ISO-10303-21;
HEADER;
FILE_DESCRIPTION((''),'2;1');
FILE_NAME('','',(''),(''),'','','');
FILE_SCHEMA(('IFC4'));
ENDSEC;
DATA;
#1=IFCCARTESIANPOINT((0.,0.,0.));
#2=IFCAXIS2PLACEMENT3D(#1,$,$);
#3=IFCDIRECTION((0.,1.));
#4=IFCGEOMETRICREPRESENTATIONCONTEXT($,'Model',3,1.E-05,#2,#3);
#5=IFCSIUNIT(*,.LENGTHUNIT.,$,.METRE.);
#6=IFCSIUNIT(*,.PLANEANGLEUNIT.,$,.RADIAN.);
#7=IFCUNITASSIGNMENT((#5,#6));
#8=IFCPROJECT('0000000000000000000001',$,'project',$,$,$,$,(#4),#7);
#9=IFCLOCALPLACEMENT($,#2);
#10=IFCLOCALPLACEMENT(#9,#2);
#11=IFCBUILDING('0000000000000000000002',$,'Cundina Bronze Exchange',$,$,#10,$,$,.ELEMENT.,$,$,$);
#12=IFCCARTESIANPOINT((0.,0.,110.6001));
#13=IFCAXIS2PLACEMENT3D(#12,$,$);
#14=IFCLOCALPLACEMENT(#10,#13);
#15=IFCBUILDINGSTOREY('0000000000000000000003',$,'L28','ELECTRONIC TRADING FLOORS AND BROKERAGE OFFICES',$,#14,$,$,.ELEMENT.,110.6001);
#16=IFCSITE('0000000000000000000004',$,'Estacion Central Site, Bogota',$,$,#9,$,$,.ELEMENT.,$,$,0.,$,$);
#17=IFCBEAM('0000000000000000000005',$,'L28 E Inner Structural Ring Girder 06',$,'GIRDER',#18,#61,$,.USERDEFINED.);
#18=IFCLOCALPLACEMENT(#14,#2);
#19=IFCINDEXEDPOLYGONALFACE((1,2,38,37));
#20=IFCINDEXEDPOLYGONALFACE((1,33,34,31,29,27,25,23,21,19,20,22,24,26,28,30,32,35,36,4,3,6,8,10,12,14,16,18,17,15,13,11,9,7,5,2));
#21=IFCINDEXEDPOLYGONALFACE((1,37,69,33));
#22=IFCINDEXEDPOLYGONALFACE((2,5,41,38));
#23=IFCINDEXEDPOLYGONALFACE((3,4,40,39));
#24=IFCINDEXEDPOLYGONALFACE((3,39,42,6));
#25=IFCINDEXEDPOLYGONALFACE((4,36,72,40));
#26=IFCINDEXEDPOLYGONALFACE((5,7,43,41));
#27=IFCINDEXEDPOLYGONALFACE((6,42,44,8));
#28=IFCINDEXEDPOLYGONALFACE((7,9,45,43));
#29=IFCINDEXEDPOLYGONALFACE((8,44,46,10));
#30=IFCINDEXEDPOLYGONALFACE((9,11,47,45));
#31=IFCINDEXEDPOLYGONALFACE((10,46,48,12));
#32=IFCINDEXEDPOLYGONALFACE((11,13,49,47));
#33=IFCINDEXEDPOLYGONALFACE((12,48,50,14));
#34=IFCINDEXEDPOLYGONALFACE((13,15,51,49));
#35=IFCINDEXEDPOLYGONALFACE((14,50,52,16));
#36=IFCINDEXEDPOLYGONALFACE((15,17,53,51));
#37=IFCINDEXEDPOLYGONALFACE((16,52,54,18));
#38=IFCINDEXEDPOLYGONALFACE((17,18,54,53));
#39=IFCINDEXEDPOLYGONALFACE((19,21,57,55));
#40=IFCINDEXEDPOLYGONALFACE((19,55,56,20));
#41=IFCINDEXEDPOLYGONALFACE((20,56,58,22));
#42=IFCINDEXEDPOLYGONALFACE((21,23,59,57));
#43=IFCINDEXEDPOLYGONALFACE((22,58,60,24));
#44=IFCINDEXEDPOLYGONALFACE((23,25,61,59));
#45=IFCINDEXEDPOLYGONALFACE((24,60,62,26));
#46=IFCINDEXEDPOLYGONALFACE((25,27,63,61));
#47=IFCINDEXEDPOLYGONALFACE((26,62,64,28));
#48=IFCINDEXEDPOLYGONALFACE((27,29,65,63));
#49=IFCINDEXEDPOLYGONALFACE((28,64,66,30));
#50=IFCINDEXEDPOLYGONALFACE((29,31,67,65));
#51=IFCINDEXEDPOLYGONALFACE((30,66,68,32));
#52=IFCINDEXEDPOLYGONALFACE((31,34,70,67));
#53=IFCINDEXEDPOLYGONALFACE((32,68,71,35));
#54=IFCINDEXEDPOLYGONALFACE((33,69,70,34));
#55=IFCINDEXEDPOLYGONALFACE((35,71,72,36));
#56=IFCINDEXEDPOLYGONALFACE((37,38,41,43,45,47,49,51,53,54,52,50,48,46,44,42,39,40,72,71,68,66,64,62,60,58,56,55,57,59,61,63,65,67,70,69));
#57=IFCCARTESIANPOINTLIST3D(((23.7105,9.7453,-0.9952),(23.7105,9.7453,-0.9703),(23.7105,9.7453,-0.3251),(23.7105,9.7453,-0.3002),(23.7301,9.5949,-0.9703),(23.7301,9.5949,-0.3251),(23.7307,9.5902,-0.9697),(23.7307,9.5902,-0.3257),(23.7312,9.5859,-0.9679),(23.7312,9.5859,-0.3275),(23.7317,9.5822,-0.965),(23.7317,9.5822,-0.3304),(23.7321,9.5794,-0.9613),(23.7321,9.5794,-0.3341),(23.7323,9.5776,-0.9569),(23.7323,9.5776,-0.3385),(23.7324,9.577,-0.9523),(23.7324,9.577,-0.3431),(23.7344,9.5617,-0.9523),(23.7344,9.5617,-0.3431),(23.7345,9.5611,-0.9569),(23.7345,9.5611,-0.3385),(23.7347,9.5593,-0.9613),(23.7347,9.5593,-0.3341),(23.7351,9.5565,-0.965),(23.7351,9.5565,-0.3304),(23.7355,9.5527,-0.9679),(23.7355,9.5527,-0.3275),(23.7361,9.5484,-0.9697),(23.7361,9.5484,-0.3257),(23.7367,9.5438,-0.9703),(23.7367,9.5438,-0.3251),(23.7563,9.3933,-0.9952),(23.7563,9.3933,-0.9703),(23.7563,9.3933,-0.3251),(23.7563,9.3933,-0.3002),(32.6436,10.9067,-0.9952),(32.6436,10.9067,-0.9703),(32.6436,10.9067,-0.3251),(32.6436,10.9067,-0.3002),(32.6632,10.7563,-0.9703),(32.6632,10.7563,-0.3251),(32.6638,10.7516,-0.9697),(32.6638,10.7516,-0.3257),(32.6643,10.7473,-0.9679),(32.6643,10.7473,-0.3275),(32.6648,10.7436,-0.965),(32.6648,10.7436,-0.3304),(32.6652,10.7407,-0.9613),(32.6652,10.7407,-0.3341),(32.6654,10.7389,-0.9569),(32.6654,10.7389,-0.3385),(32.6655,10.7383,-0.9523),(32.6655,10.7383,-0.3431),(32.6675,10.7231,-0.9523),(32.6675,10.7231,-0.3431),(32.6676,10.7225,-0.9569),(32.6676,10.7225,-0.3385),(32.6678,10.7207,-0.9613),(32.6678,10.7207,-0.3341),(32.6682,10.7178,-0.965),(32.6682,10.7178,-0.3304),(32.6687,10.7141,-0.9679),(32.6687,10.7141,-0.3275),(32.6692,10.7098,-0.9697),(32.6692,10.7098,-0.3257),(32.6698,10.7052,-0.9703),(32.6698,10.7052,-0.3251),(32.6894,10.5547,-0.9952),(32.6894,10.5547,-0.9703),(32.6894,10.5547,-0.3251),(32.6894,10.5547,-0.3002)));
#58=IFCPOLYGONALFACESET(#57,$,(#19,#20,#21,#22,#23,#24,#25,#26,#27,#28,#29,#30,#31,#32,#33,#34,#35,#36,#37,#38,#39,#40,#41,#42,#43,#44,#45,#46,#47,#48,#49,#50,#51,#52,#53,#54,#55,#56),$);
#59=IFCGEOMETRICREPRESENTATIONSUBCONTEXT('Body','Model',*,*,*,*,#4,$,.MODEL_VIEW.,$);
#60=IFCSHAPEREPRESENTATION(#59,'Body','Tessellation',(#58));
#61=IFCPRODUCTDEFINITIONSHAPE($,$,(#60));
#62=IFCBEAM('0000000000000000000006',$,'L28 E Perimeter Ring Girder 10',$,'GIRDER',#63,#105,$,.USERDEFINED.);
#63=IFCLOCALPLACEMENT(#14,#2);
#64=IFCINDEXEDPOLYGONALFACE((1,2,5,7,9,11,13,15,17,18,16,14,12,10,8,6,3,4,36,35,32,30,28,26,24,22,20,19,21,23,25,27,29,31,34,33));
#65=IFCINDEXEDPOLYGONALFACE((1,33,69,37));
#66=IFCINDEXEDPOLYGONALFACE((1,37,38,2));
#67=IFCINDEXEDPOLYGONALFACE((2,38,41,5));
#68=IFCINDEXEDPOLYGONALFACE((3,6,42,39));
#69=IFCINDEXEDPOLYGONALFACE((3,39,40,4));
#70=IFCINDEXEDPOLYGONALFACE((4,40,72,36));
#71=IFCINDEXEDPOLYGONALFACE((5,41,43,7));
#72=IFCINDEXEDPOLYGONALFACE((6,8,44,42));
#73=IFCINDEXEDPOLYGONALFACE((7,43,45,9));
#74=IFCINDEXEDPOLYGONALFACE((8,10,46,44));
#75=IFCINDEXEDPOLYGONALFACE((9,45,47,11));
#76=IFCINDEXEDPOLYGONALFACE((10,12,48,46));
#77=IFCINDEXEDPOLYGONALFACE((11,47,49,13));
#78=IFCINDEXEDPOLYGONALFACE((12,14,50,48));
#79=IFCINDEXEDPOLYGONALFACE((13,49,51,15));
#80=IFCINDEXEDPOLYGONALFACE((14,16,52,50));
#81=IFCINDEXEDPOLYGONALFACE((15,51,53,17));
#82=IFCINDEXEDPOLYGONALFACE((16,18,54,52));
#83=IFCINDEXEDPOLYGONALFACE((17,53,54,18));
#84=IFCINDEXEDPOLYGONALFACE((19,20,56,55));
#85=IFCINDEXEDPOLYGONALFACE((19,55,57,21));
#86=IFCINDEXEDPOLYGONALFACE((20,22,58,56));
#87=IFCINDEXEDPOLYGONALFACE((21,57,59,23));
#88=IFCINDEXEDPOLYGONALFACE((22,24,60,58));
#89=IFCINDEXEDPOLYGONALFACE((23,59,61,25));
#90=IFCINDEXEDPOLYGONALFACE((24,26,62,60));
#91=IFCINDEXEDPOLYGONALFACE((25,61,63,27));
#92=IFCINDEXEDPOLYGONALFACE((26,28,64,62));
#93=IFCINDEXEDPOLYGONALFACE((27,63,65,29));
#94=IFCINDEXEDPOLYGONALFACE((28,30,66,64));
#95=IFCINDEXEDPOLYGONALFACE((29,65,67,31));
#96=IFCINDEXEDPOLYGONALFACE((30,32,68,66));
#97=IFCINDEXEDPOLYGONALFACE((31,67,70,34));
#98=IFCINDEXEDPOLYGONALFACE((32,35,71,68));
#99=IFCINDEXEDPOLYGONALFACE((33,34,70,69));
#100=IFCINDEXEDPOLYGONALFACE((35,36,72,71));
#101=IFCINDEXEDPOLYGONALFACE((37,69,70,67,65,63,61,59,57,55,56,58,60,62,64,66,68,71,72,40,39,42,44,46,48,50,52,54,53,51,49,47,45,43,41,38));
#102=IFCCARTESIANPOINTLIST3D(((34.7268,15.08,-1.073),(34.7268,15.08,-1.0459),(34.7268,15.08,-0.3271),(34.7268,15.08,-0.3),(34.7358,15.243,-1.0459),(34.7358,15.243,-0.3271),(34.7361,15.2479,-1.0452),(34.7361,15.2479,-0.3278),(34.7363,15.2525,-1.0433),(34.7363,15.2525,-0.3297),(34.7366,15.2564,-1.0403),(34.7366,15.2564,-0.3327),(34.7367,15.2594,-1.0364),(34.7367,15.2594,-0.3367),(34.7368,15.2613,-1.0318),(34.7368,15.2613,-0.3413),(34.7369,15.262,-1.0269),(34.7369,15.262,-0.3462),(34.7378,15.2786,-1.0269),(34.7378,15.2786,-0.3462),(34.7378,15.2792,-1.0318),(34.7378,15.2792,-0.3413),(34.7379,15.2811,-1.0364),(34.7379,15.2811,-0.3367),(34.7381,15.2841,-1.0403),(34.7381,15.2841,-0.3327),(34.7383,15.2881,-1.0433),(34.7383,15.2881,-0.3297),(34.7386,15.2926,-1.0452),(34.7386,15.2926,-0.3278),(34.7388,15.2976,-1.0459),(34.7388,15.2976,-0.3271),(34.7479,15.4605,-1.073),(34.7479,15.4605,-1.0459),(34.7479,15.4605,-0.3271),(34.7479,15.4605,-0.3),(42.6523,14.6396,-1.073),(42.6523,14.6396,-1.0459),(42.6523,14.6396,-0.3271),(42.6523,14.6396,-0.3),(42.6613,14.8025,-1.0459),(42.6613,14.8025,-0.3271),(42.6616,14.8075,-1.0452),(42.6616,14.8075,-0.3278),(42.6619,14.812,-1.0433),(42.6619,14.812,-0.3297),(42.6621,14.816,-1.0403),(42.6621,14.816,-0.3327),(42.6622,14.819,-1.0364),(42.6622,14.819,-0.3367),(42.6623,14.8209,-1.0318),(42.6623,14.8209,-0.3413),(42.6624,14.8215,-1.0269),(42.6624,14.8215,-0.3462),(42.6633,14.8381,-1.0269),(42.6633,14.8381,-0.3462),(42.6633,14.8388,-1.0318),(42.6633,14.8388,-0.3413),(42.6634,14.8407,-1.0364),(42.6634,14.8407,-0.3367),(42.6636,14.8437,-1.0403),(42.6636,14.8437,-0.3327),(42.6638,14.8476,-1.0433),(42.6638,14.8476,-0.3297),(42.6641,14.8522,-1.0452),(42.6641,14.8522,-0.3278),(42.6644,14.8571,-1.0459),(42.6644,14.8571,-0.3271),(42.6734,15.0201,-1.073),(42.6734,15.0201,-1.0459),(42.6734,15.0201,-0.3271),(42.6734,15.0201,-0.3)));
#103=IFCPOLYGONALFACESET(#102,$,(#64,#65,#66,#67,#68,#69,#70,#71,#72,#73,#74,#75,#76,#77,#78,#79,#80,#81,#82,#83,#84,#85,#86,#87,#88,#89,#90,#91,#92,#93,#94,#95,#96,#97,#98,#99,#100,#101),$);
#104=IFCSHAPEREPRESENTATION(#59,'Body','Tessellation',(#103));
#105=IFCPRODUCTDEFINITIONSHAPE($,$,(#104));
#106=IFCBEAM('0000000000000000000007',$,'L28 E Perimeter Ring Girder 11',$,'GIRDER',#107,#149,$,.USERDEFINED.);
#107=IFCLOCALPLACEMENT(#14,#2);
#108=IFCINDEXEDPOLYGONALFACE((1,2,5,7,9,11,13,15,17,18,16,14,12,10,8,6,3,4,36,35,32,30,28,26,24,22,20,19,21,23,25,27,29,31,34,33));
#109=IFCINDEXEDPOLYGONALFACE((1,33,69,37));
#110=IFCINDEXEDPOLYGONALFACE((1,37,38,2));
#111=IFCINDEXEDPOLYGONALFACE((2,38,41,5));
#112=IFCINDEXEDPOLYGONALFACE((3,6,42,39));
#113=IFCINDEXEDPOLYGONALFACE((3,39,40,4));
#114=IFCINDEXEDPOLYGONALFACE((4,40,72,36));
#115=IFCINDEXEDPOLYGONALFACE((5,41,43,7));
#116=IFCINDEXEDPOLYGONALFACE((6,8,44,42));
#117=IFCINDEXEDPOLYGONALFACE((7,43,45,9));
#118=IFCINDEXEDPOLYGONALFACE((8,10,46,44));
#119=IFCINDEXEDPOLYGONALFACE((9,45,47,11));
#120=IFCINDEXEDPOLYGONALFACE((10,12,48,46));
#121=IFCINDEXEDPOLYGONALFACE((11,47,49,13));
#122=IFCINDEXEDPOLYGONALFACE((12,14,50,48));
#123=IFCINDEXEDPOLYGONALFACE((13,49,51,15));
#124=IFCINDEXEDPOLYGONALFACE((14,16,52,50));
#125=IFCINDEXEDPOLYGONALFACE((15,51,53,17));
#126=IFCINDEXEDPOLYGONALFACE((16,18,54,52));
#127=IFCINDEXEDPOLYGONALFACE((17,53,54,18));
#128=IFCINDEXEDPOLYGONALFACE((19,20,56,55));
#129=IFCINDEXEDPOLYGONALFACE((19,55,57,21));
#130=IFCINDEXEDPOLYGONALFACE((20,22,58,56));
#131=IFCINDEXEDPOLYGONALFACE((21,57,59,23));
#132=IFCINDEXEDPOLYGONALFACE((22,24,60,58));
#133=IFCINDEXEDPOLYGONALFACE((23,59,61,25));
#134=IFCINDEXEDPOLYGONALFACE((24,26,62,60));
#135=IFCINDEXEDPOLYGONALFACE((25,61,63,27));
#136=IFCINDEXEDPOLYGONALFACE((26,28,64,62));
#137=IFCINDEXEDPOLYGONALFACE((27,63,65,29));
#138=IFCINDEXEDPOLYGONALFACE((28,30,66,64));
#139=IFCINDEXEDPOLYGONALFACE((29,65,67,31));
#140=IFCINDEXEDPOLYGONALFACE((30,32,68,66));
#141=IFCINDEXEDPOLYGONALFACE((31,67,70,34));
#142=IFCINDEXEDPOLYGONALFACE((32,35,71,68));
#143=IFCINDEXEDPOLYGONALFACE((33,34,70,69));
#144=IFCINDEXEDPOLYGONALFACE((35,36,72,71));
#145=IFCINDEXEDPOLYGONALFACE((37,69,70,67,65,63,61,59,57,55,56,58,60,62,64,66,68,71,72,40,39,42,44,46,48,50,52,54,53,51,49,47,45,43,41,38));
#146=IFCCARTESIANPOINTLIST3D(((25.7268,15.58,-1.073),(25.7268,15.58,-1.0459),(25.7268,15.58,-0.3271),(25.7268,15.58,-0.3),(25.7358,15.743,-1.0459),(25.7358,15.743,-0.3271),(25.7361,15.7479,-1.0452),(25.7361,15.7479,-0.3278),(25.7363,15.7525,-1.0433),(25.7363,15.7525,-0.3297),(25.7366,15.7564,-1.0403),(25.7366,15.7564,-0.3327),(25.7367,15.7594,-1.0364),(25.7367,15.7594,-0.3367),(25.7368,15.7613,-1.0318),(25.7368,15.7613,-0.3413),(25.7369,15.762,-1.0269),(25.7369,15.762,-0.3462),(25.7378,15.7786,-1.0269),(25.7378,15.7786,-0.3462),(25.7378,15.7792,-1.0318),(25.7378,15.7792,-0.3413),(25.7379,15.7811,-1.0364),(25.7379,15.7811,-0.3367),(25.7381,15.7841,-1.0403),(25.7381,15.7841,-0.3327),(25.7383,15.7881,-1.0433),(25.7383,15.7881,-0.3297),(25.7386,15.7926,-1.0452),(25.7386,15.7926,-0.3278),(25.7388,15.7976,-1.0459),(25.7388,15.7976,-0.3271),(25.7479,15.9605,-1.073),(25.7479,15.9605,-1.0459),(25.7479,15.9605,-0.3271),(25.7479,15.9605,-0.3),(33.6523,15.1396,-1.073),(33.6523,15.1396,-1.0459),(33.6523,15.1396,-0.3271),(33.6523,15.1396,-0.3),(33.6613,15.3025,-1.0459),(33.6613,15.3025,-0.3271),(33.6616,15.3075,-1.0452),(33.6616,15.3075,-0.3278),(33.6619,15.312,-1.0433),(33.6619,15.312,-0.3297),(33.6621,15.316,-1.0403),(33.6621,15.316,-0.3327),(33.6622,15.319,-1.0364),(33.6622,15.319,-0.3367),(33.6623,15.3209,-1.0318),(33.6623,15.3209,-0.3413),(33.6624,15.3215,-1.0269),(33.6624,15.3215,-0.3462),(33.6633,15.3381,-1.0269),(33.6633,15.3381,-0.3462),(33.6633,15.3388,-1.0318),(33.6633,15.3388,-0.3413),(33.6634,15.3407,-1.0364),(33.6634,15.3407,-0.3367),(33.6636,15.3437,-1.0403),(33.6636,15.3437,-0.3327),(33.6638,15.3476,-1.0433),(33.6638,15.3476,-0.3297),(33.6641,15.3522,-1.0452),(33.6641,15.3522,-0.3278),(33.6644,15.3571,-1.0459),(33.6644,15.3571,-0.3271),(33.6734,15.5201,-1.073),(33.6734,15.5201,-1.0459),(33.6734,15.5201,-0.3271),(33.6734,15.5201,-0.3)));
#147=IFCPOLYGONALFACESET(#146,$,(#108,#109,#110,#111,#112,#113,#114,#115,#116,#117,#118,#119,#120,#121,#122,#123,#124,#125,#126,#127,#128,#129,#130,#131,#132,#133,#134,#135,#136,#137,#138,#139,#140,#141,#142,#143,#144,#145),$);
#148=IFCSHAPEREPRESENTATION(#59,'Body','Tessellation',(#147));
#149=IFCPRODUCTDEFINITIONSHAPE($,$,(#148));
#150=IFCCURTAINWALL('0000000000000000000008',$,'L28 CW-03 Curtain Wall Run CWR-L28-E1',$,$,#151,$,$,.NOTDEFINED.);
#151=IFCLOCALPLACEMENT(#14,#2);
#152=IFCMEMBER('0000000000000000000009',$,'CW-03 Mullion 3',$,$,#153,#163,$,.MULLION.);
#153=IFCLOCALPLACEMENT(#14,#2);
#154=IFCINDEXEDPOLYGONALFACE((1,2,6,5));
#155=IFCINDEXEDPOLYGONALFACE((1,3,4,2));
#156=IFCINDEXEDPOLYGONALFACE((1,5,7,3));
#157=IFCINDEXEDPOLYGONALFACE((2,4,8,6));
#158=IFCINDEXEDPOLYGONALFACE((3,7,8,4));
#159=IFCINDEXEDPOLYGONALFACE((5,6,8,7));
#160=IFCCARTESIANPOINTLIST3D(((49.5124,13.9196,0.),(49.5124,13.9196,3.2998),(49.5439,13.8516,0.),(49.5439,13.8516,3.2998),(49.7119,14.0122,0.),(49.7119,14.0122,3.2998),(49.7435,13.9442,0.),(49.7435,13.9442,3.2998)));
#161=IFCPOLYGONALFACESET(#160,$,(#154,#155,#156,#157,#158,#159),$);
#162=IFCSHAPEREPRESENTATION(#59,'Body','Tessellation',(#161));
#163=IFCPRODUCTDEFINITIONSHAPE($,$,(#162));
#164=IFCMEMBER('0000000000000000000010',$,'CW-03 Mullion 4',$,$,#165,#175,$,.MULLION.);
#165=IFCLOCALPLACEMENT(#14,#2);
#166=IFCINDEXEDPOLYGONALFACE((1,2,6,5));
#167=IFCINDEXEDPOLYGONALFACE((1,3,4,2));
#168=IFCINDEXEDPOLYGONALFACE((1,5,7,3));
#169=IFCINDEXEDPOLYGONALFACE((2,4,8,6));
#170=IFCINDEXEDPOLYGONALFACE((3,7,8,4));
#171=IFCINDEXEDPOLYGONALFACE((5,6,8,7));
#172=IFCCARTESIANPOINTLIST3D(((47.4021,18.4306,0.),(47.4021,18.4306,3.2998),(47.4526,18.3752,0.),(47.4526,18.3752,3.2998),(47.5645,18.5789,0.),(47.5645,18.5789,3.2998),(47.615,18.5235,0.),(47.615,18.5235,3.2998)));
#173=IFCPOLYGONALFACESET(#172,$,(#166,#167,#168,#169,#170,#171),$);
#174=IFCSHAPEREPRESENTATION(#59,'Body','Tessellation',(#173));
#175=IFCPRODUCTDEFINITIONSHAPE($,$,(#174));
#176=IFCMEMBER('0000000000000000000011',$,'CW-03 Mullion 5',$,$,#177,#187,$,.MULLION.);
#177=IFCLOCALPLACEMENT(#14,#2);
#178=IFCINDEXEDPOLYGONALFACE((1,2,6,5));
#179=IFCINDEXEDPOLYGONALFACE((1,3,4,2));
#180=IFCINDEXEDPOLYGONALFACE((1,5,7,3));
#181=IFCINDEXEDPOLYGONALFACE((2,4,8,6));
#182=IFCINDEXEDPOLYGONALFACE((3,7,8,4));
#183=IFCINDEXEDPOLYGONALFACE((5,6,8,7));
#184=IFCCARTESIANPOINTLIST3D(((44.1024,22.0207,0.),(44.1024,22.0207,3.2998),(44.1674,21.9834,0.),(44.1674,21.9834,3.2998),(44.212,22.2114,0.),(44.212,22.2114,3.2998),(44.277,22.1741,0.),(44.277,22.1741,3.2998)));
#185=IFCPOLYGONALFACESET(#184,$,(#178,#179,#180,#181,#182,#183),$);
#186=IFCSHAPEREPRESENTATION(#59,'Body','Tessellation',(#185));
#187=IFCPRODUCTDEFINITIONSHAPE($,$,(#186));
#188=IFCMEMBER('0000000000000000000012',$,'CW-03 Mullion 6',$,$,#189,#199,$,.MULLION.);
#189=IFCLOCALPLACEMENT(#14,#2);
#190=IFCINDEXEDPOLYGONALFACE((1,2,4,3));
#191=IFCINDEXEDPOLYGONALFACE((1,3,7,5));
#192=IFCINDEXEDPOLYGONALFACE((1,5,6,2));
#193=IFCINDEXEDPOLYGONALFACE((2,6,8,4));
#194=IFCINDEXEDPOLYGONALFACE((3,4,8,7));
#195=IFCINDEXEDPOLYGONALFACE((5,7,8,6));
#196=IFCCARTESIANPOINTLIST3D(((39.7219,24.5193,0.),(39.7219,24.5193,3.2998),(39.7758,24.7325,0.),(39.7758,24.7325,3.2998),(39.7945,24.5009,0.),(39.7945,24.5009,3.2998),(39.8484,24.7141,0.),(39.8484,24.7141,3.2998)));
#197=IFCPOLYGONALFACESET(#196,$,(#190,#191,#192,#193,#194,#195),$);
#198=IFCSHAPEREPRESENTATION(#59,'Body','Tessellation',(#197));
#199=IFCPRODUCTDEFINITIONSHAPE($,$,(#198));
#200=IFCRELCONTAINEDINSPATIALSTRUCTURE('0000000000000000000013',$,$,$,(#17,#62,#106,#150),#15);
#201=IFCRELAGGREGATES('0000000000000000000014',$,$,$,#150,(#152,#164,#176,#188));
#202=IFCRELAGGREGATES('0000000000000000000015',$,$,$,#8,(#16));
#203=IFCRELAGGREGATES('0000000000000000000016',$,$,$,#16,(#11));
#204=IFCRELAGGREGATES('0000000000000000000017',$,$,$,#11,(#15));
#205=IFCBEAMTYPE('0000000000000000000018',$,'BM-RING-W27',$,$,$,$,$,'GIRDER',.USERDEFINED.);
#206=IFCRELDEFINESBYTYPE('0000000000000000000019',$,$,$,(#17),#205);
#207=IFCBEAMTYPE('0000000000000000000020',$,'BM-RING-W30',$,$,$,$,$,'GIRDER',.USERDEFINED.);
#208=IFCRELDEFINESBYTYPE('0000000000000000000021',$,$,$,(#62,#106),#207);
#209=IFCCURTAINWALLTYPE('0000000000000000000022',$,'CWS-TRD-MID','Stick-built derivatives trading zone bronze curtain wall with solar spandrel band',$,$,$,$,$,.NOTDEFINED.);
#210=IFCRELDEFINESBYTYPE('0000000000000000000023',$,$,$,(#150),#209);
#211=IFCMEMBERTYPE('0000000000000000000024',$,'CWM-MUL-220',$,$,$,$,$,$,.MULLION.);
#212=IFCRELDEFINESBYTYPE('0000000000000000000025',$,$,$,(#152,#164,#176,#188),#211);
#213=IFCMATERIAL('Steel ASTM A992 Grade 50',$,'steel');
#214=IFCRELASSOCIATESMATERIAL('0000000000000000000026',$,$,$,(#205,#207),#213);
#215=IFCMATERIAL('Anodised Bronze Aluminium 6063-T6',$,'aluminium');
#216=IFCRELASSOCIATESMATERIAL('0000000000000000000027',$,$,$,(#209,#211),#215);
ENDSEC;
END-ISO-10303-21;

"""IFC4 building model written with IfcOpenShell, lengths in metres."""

from ifc_helpers import new_model, si_unit, direction, frame, origin, origin_2d, place, context, subcontext, project, spatial, rectangle, i_section, extrude, material, material_profile, profile_set, type_object, element, aggregate, save


model = new_model("IFC4")

# Units and contexts
model_context = context("Model", 3, precision=1e-05, world=origin(), true_north=direction((0.0, 1.0)))
body_context = subcontext(model_context, "Body", "Model", "MODEL_VIEW")
ifc_project = project(units=[si_unit("LENGTHUNIT", "METRE"), si_unit("PLANEANGLEUNIT", "RADIAN")], contexts=[model_context])

# Site, building, storey
site_placement = place(None, origin())
site = spatial("IfcSite", under=ifc_project, at=site_placement, Name="Estacion Central Site, Bogota", CompositionType="ELEMENT", RefElevation=0.0)
building_placement = place(site_placement, origin())
building = spatial("IfcBuilding", under=site, at=building_placement, Name="Cundina Bronze Exchange", CompositionType="ELEMENT")
storey_placement = place(building_placement, frame((0.0, 0.0, 110.6001)))
storey = spatial("IfcBuildingStorey", under=building, at=storey_placement, Name="L28", Description="ELECTRONIC TRADING FLOORS AND BROKERAGE OFFICES", CompositionType="ELEMENT", Elevation=110.6001)

# Beams
ifc_material_1 = material(Name="Steel ASTM A992 Grade 50", Category="steel")
ifc_material_profile_1 = material_profile(ifc_material_1, i_section(OverallWidth=0.355, OverallDepth=0.6951, WebThickness=0.0154, FlangeThickness=0.0249, FilletRadius=0.0181, at=origin_2d()), Name="W27X146", Category="steel")
ifc_profile_set_1 = profile_set([ifc_material_profile_1], Name="Steel ASTM A992 Grade 50")
beam_type_1 = type_object("IfcBeamType", Name="BM-RING-W27", ElementType="GIRDER", PredefinedType="USERDEFINED", material=ifc_profile_set_1)
beam_1_placement = place(storey_placement, frame((32.6665, 10.7307, -0.6477), z_axis=(-0.991655, -0.128923, 0.0), x_axis=(0.128923, -0.991655, 0.0)))
element("IfcBeam", 1, at=beam_1_placement, inside=storey, type_object=beam_type_1, Name="L28 E Inner Structural Ring Girder 06", ObjectType="GIRDER", PredefinedType="USERDEFINED", context=body_context, shape_type="SweptSolid", body=[
    extrude(i_section(OverallWidth=0.355, OverallDepth=0.6951, WebThickness=0.0154, FlangeThickness=0.0249, FilletRadius=0.0181, at=origin_2d()), origin(), (0.0, 0.0, 1.0), 9.0083),
])
ifc_material_profile_2 = material_profile(ifc_material_1, i_section(OverallWidth=0.3811, OverallDepth=0.7729, WebThickness=0.0166, FlangeThickness=0.0271, FilletRadius=0.019, at=origin_2d()), Name="W30X173", Category="steel")
ifc_profile_set_2 = profile_set([ifc_material_profile_2], Name="Steel ASTM A992 Grade 50")
beam_type_2 = type_object("IfcBeamType", Name="BM-RING-W30", ElementType="GIRDER", PredefinedType="USERDEFINED", material=ifc_profile_set_2)
for number, where, z_axis, x_axis, name in (
    (2, (42.6628, 14.8298, -0.6865), (-0.99846, 0.055485, 0.0), (-0.055485, -0.99846, 0.0), "L28 E Perimeter Ring Girder 10"),
    (3, (33.6628, 15.3298, -0.6865), (-0.99846, 0.055485, 0.0), (-0.055485, -0.99846, 0.0), "L28 E Perimeter Ring Girder 11"),
):
    element("IfcBeam", number, at=place(storey_placement, frame(where, z_axis=z_axis, x_axis=x_axis)), inside=storey, type_object=beam_type_2, Name=name, ObjectType="GIRDER", PredefinedType="USERDEFINED", context=body_context, shape_type="SweptSolid", body=[
        extrude(i_section(OverallWidth=0.3811, OverallDepth=0.7729, WebThickness=0.0166, FlangeThickness=0.0271, FilletRadius=0.019, at=origin_2d()), origin(), (0.0, 0.0, 1.0), 7.9377),
    ])

# Curtain wall, members
ifc_material_2 = material(Name="Anodised Bronze Aluminium 6063-T6", Category="aluminium")
curtain_wall_type = type_object("IfcCurtainWallType", Name="CWS-TRD-MID", Description="Stick-built derivatives trading zone bronze curtain wall with solar spandrel band", PredefinedType="NOTDEFINED", material=ifc_material_2)
curtain_wall_placement = place(storey_placement, origin())
curtain_wall = element("IfcCurtainWall", 4, at=curtain_wall_placement, inside=storey, type_object=curtain_wall_type, Name="L28 CW-03 Curtain Wall Run CWR-L28-E1", PredefinedType="NOTDEFINED")
ifc_material_profile_3 = material_profile(ifc_material_2, rectangle(XDim=0.075, YDim=0.22, at=origin_2d()), Name="AL75X220", Category="aluminium")
ifc_profile_set_3 = profile_set([ifc_material_profile_3], Name="Anodised Bronze Aluminium 6063-T6")
member_type_1 = type_object("IfcMemberType", Name="CWM-MUL-220", PredefinedType="MULLION", material=ifc_profile_set_3)
member_1_placement = place(storey_placement, frame((49.6279, 13.9319, 0.0), z_axis=(0.0, 0.0, 1.0), x_axis=(-0.420877, 0.907117, 0.0)))
member_1 = element("IfcMember", 5, at=member_1_placement, type_object=member_type_1, Name="CW-03 Mullion 3", PredefinedType="MULLION", context=body_context, shape_type="SweptSolid", body=[
    extrude(rectangle(XDim=0.075, YDim=0.22, at=origin_2d()), origin(), (0.0, 0.0, 1.0), 3.2998),
])
member_2_placement = place(storey_placement, frame((47.5085, 18.4771, 0.0), z_axis=(0.0, 0.0, 1.0), x_axis=(-0.674302, 0.738455, 0.0)))
member_2 = element("IfcMember", 6, at=member_2_placement, type_object=member_type_1, Name="CW-03 Mullion 4", PredefinedType="MULLION", context=body_context, shape_type="SweptSolid", body=[
    extrude(rectangle(XDim=0.075, YDim=0.22, at=origin_2d()), origin(), (0.0, 0.0, 1.0), 3.2998),
])
member_3_placement = place(storey_placement, frame((44.1897, 22.0974, 0.0), z_axis=(0.0, 0.0, 1.0), x_axis=(-0.867071, 0.498185, 0.0)))
member_3 = element("IfcMember", 7, at=member_3_placement, type_object=member_type_1, Name="CW-03 Mullion 5", PredefinedType="MULLION", context=body_context, shape_type="SweptSolid", body=[
    extrude(rectangle(XDim=0.075, YDim=0.22, at=origin_2d()), origin(), (0.0, 0.0, 1.0), 3.2998),
])
member_4_placement = place(storey_placement, frame((39.7852, 24.6167, 0.0), z_axis=(0.0, 0.0, 1.0), x_axis=(-0.969488, 0.245138, 0.0)))
member_4 = element("IfcMember", 8, at=member_4_placement, type_object=member_type_1, Name="CW-03 Mullion 6", PredefinedType="MULLION", context=body_context, shape_type="SweptSolid", body=[
    extrude(rectangle(XDim=0.075, YDim=0.22, at=origin_2d()), origin(), (0.0, 0.0, 1.0), 3.2998),
])
aggregate(curtain_wall, [member_1, member_2, member_3, member_4])

save(model, "model.ifc")
